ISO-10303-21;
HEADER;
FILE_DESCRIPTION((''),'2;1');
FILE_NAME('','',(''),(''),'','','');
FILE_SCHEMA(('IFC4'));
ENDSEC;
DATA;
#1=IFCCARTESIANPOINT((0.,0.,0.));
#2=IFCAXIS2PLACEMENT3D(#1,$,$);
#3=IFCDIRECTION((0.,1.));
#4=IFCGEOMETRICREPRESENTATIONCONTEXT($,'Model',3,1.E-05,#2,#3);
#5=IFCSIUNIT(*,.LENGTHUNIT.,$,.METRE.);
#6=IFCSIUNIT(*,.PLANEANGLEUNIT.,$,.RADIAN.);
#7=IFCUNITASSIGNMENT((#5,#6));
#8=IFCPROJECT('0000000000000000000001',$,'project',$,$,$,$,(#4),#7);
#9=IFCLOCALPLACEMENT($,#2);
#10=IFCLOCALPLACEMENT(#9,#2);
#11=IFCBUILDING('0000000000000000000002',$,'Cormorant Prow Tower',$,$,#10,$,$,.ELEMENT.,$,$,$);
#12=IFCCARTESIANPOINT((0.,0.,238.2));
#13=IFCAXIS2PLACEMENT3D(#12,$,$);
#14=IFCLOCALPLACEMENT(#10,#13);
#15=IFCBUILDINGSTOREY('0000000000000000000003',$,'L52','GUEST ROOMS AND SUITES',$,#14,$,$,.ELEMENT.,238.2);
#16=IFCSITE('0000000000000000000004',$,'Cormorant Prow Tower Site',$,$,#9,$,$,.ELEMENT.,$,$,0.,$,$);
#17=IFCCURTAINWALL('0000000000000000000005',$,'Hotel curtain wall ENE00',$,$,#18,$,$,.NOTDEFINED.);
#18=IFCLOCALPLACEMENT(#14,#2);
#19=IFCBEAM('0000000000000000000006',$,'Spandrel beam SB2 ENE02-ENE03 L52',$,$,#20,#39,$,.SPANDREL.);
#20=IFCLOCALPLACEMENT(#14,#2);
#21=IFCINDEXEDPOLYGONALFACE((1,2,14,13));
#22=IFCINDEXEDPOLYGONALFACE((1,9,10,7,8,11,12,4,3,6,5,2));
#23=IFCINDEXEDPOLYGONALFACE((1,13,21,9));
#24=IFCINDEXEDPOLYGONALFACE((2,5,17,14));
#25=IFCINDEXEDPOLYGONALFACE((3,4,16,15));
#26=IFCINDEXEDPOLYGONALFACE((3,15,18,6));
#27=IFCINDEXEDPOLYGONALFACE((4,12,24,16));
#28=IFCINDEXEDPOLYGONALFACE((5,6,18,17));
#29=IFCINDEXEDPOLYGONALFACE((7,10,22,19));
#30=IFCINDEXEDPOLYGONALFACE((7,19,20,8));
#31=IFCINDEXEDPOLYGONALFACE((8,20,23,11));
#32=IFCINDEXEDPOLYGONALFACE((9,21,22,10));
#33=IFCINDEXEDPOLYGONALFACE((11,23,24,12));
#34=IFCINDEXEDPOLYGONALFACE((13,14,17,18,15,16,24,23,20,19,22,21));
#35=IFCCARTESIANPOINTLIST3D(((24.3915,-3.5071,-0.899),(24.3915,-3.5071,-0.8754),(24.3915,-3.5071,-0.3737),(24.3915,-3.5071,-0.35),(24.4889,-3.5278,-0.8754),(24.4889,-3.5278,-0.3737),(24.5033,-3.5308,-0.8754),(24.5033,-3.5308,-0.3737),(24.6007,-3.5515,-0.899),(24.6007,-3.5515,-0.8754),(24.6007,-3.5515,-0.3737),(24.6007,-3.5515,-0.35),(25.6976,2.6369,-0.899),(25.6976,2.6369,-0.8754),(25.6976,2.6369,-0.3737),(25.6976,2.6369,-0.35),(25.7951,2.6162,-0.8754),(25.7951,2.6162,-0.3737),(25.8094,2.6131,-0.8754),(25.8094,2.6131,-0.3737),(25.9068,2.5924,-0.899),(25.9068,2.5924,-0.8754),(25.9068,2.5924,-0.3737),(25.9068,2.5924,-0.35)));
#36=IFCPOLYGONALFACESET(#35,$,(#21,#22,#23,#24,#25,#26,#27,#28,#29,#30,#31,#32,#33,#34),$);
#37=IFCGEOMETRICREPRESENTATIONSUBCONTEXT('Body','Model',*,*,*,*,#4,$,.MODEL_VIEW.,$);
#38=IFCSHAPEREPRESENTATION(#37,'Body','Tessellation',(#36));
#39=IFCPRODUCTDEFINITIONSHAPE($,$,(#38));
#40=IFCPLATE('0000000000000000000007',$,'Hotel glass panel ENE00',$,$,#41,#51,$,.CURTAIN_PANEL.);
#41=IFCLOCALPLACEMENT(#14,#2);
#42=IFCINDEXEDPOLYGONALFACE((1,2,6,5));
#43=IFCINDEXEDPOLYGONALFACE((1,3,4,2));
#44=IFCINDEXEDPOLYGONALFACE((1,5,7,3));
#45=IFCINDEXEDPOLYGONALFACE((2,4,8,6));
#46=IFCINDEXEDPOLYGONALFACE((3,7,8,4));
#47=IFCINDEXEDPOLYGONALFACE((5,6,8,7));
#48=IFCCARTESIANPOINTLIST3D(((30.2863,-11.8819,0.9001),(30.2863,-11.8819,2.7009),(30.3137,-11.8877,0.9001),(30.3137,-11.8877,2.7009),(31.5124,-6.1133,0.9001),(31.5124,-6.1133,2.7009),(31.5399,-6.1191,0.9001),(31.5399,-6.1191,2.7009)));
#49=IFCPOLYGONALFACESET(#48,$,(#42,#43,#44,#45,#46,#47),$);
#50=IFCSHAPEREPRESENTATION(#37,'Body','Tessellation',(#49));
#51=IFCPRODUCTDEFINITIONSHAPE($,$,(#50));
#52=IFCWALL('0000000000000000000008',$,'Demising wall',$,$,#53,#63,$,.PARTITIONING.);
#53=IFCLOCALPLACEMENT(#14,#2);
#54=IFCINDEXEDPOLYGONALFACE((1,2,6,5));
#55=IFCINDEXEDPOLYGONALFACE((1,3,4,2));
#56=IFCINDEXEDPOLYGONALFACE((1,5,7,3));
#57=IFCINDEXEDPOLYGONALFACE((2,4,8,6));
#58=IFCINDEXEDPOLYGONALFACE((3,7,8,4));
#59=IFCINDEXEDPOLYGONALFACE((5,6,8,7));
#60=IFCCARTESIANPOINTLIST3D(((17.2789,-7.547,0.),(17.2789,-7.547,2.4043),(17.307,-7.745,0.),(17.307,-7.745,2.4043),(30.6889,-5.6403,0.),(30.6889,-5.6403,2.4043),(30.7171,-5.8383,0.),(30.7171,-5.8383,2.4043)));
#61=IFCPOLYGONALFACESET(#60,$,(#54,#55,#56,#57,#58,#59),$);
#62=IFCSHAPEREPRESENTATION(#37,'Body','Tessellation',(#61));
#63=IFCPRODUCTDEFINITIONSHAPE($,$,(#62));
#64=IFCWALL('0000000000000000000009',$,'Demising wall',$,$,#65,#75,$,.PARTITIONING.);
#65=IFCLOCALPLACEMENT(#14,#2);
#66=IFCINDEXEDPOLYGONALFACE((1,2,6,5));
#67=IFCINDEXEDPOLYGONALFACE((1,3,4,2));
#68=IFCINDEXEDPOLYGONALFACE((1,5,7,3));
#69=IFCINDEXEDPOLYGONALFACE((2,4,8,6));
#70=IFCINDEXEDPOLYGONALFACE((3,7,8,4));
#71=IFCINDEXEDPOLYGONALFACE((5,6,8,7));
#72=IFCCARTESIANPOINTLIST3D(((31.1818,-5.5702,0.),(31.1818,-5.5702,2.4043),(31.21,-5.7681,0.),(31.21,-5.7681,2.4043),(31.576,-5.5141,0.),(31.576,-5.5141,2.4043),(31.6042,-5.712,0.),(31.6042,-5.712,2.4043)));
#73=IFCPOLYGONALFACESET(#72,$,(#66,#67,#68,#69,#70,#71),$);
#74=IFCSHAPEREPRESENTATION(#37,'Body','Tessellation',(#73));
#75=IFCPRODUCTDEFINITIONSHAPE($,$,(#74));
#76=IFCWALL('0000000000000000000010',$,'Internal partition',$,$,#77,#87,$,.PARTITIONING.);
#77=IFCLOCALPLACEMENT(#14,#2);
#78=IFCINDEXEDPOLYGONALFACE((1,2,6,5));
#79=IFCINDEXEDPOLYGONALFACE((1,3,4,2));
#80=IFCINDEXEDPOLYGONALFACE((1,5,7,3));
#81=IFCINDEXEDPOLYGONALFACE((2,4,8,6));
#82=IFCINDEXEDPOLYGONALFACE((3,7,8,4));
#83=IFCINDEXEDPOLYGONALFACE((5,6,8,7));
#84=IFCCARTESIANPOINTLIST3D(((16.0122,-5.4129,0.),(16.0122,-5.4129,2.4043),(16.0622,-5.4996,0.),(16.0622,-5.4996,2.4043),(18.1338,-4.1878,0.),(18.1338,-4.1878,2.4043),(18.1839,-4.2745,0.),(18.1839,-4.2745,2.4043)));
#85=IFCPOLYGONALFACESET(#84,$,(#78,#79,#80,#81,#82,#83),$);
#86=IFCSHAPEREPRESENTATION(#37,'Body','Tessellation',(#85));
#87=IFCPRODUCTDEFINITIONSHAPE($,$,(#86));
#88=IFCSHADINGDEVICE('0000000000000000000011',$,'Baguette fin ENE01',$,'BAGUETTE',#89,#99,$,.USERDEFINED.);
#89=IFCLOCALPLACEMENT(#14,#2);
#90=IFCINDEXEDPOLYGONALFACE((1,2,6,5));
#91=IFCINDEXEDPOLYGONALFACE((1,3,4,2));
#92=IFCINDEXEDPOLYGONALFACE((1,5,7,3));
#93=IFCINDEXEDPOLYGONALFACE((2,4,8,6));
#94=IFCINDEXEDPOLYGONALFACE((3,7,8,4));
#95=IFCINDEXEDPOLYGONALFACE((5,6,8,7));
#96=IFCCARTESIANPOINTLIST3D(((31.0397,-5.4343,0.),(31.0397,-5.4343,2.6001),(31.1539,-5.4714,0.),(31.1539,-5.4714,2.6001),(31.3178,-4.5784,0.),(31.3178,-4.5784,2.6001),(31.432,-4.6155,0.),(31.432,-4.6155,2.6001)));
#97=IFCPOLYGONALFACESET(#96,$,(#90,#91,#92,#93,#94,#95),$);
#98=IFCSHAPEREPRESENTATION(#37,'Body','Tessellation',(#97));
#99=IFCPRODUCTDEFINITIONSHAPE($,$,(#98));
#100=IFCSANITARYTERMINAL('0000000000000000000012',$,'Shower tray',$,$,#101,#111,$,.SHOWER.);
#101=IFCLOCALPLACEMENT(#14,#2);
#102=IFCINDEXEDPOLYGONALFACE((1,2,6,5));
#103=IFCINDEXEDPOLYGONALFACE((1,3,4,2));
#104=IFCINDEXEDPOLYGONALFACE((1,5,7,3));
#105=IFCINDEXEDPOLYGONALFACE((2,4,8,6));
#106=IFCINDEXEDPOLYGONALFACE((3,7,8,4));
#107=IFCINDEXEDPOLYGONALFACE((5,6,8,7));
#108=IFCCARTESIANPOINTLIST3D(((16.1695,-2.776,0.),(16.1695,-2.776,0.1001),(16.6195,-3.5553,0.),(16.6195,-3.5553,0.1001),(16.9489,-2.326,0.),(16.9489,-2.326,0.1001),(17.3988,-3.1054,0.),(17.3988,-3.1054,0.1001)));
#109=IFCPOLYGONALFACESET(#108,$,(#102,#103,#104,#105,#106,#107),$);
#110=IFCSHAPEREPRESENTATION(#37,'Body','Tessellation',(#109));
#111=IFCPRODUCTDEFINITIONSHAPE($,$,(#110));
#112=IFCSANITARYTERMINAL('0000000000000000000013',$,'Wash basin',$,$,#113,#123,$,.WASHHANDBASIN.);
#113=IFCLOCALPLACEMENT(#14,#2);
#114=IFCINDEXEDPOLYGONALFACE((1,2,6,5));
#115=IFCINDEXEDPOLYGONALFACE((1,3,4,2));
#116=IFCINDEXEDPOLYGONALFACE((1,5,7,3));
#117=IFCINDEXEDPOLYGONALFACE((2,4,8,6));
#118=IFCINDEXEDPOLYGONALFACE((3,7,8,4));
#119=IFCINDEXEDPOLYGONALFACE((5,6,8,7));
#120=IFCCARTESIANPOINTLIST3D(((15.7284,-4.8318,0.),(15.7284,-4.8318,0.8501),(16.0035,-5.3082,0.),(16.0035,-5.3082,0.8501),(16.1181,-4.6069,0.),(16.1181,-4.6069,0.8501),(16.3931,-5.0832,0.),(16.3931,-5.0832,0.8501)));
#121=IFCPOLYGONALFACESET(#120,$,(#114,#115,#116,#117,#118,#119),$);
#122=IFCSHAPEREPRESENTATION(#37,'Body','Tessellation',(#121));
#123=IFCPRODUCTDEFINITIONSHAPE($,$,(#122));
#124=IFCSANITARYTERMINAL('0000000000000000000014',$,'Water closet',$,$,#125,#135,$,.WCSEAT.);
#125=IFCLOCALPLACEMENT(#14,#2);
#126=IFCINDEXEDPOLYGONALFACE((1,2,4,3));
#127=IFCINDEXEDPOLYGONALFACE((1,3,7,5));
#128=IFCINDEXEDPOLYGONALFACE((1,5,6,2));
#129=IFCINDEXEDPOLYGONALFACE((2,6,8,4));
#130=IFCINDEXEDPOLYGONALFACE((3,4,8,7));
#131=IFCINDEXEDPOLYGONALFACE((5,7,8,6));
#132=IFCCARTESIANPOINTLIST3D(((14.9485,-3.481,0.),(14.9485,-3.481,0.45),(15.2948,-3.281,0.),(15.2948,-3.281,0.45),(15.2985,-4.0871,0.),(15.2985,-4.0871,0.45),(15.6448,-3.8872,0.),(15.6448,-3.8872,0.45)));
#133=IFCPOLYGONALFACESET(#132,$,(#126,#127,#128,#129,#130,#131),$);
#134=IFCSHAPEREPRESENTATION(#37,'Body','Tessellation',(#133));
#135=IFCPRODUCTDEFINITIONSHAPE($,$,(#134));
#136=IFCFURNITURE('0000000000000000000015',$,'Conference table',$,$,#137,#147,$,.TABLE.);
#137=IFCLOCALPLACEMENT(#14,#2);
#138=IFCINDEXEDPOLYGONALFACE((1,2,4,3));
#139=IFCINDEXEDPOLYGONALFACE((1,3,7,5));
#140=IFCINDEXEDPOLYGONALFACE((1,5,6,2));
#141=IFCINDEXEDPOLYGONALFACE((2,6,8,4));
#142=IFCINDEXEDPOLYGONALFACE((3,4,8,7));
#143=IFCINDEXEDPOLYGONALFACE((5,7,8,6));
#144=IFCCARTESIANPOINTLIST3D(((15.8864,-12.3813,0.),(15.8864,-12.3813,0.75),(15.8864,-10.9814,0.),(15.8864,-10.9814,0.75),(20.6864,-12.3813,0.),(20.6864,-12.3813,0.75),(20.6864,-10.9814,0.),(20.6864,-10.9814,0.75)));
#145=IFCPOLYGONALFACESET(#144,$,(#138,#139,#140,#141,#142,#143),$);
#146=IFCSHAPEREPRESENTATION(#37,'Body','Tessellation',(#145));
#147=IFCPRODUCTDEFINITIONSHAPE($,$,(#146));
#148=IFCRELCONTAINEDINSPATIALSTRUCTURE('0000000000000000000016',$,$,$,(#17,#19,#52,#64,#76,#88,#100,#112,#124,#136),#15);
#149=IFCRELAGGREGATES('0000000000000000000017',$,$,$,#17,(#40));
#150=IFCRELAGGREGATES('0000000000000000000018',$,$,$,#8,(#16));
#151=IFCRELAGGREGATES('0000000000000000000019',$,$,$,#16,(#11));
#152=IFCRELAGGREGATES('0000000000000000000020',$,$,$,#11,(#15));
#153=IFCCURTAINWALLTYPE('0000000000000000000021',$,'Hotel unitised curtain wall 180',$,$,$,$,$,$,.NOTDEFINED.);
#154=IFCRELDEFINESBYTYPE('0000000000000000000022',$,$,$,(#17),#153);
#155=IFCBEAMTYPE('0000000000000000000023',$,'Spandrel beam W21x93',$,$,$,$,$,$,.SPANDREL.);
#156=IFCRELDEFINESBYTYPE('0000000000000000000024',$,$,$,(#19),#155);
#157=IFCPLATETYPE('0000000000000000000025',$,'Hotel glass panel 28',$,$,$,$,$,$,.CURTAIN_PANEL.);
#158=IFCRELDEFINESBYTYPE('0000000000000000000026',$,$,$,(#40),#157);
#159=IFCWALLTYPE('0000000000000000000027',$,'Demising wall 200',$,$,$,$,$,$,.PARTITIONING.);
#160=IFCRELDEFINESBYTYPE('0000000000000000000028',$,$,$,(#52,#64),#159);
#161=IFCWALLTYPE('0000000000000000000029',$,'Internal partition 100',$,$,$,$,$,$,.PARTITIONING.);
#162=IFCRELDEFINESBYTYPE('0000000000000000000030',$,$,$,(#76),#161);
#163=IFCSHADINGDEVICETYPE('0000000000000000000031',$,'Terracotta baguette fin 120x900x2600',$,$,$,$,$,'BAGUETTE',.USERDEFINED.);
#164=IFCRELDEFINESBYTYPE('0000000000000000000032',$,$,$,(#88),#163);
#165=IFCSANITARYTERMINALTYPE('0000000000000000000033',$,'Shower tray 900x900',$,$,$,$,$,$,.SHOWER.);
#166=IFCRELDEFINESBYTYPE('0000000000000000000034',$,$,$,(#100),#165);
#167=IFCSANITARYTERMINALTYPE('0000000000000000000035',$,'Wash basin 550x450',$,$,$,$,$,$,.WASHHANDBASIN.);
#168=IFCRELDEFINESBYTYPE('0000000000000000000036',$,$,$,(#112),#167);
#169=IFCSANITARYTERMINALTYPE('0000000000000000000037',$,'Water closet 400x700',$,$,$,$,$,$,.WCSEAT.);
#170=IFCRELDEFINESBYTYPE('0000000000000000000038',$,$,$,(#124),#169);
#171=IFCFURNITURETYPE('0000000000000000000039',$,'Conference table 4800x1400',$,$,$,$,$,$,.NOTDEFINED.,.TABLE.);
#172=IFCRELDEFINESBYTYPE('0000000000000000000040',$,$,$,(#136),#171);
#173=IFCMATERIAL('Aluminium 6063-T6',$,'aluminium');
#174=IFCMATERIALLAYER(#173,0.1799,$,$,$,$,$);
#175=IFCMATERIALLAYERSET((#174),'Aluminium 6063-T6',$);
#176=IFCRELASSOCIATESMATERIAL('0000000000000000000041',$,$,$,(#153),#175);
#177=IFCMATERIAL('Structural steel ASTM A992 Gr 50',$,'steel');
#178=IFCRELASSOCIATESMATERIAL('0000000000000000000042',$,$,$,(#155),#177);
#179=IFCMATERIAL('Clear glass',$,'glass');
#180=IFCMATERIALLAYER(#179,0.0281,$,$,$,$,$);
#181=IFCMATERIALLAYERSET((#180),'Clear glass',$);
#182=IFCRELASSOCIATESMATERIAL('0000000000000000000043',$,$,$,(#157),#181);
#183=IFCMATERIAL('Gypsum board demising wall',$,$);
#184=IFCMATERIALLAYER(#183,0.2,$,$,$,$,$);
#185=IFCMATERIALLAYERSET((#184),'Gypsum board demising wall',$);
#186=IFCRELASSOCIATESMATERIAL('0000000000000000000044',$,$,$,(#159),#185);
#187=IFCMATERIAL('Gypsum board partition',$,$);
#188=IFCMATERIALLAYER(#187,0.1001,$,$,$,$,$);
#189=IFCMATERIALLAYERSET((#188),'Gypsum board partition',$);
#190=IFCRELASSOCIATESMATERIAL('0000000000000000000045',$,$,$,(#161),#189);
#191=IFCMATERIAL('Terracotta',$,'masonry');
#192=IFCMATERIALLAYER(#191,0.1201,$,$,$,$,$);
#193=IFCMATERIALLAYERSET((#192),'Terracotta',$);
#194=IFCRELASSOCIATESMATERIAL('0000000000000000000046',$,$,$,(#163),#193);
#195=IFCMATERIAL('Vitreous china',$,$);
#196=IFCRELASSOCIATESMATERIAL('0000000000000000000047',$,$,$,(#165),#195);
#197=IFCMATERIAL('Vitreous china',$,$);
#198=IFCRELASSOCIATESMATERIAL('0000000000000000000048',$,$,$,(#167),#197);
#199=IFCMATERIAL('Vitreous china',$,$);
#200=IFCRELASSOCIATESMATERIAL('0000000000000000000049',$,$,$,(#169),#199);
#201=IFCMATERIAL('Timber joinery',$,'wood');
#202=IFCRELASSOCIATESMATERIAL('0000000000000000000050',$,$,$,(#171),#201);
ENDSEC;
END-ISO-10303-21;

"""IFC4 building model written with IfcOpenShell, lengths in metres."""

from ifc_helpers import new_model, si_unit, direction, frame, frame_2d, origin, origin_2d, place, context, subcontext, project, spatial, rectangle, i_section, extrude, material, layer, layer_set, material_profile, profile_set, type_object, element, aggregate, save


model = new_model("IFC4")

# Units and contexts
model_context = context("Model", 3, precision=1e-05, world=origin(), true_north=direction((0.0, 1.0)))
body_context = subcontext(model_context, "Body", "Model", "MODEL_VIEW")
ifc_project = project(units=[si_unit("LENGTHUNIT", "METRE"), si_unit("PLANEANGLEUNIT", "RADIAN")], contexts=[model_context])

# Site, building, storey
site_placement = place(None, origin())
site = spatial("IfcSite", under=ifc_project, at=site_placement, Name="Cormorant Prow Tower Site", CompositionType="ELEMENT", RefElevation=0.0)
building_placement = place(site_placement, origin())
building = spatial("IfcBuilding", under=site, at=building_placement, Name="Cormorant Prow Tower", CompositionType="ELEMENT")
storey_placement = place(building_placement, frame((0.0, 0.0, 238.2)))
storey = spatial("IfcBuildingStorey", under=building, at=storey_placement, Name="L52", Description="GUEST ROOMS AND SUITES", CompositionType="ELEMENT", Elevation=238.2)

# Curtain wall
ifc_material_1 = material(Name="Aluminium 6063-T6", Category="aluminium")
ifc_layer_1 = layer(ifc_material_1, 0.1799)
ifc_layer_set_1 = layer_set([ifc_layer_1], Name="Aluminium 6063-T6")
curtain_wall_type = type_object("IfcCurtainWallType", Name="Hotel unitised curtain wall 180", PredefinedType="NOTDEFINED", material=ifc_layer_set_1)
curtain_wall_1_placement = place(storey_placement, origin())
curtain_wall_1 = element("IfcCurtainWall", 1, at=curtain_wall_1_placement, inside=storey, type_object=curtain_wall_type, Name="Hotel curtain wall ENE00", PredefinedType="NOTDEFINED")

# Beam
ifc_material_2 = material(Name="Structural steel ASTM A992 Gr 50", Category="steel")
ifc_material_profile_1 = material_profile(ifc_material_2, i_section(OverallWidth=0.2139, OverallDepth=0.5491, WebThickness=0.0146, FlangeThickness=0.0237, at=origin_2d()), Name="W21x93")
ifc_profile_set_1 = profile_set([ifc_material_profile_1], Name="Structural steel ASTM A992 Gr 50")
beam_type_1 = type_object("IfcBeamType", Name="Spandrel beam W21x93", PredefinedType="SPANDREL", material=ifc_profile_set_1)
for number, where, z_axis, x_axis, name in (
    (2, (24.4961, -3.5293, -0.6245), (0.207941, 0.978141, 0.0), (-0.978141, 0.207941, 0.0), "Spandrel beam SB2 ENE02-ENE03 L52"),
):
    element("IfcBeam", number, at=place(storey_placement, frame(where, z_axis=z_axis, x_axis=x_axis)), inside=storey, type_object=beam_type_1, Name=name, PredefinedType="SPANDREL", context=body_context, shape_type="SweptSolid", body=[
        extrude(i_section(OverallWidth=0.2139, OverallDepth=0.5491, WebThickness=0.0146, FlangeThickness=0.0237, at=origin_2d()), origin(), (0.0, 0.0, 1.0), 6.2812),
    ])

# Plate
ifc_material_3 = material(Name="Clear glass", Category="glass")
ifc_layer_2 = layer(ifc_material_3, 0.0281)
ifc_layer_set_2 = layer_set([ifc_layer_2], Name="Clear glass")
plate_type = type_object("IfcPlateType", Name="Hotel glass panel 28", PredefinedType="CURTAIN_PANEL", material=ifc_layer_set_2)
plate_placement = place(storey_placement, frame((30.9131, -9.0005, 0.9001), z_axis=(0.0, 0.0, 1.0), x_axis=(0.207912, 0.978148, 0.0)))
plate = element("IfcPlate", 3, at=plate_placement, type_object=plate_type, Name="Hotel glass panel ENE00", PredefinedType="CURTAIN_PANEL", context=body_context, shape_type="SweptSolid", body=[
    extrude(rectangle(XDim=5.8975, YDim=0.0281, at=origin_2d()), origin(), (0.0, 0.0, 1.0), 1.8008),
])
aggregate(curtain_wall_1, [plate])

# Walls
ifc_material_4 = material(Name="Gypsum board demising wall")
ifc_layer_3 = layer(ifc_material_4, 0.2)
ifc_layer_set_3 = layer_set([ifc_layer_3], Name="Gypsum board demising wall")
wall_type_1 = type_object("IfcWallType", Name="Demising wall 200", PredefinedType="PARTITIONING", material=ifc_layer_set_3)
wall_1_placement = place(storey_placement, frame((17.293, -7.646, 0.0), z_axis=(0.0, 0.0, 1.0), x_axis=(0.990042, 0.14077, 0.0)))
element("IfcWall", 4, at=wall_1_placement, inside=storey, type_object=wall_type_1, Name="Demising wall", PredefinedType="PARTITIONING", context=body_context, shape_type="SweptSolid", body=[
    extrude(rectangle(XDim=13.5449, YDim=0.2, at=frame_2d((6.7725, 0.0))), origin(), (0.0, 0.0, 1.0), 2.4043),
])
wall_2_placement = place(storey_placement, frame((31.1958, -5.6692, 0.0), z_axis=(0.0, 0.0, 1.0), x_axis=(0.990011, 0.140992, 0.0)))
element("IfcWall", 5, at=wall_2_placement, inside=storey, type_object=wall_type_1, Name="Demising wall", PredefinedType="PARTITIONING", context=body_context, shape_type="SweptSolid", body=[
    extrude(rectangle(XDim=0.3982, YDim=0.2, at=frame_2d((0.1992, 0.0))), origin(), (0.0, 0.0, 1.0), 2.4043),
])
ifc_material_5 = material(Name="Gypsum board partition")
ifc_layer_4 = layer(ifc_material_5, 0.1001)
ifc_layer_set_4 = layer_set([ifc_layer_4], Name="Gypsum board partition")
wall_type_2 = type_object("IfcWallType", Name="Internal partition 100", PredefinedType="PARTITIONING", material=ifc_layer_set_4)
wall_3_placement = place(storey_placement, frame((16.0371, -5.4563, 0.0), z_axis=(0.0, 0.0, 1.0), x_axis=(0.86599, 0.500062, 0.0)))
element("IfcWall", 6, at=wall_3_placement, inside=storey, type_object=wall_type_2, Name="Internal partition", PredefinedType="PARTITIONING", context=body_context, shape_type="SweptSolid", body=[
    extrude(rectangle(XDim=2.45, YDim=0.1001, at=frame_2d((1.2251, 0.0))), origin(), (0.0, 0.0, 1.0), 2.4043),
])

# Shading device
ifc_material_6 = material(Name="Terracotta", Category="masonry")
ifc_layer_5 = layer(ifc_material_6, 0.1201)
ifc_layer_set_5 = layer_set([ifc_layer_5], Name="Terracotta")
shading_device_type = type_object("IfcShadingDeviceType", Name="Terracotta baguette fin 120x900x2600", ElementType="BAGUETTE", PredefinedType="USERDEFINED", material=ifc_layer_set_5)
shading_device_placement = place(storey_placement, frame((31.2358, -5.0249, 0.0), z_axis=(0.0, 0.0, 1.0), x_axis=(-0.951057, 0.309017, 0.0)))
element("IfcShadingDevice", 7, at=shading_device_placement, inside=storey, type_object=shading_device_type, Name="Baguette fin ENE01", ObjectType="BAGUETTE", PredefinedType="USERDEFINED", context=body_context, shape_type="SweptSolid", body=[
    extrude(rectangle(XDim=0.1201, YDim=0.8999, at=origin_2d()), origin(), (0.0, 0.0, 1.0), 2.6001),
])

# Sanitary terminals
ifc_material_7 = material(Name="Vitreous china")
sanitary_terminal_type_1 = type_object("IfcSanitaryTerminalType", Name="Shower tray 900x900", PredefinedType="SHOWER", material=ifc_material_7)
sanitary_terminal_1_placement = place(storey_placement, frame((16.7842, -2.9407, 0.0), z_axis=(0.0, 0.0, 1.0), x_axis=(0.5, -0.866025, 0.0)))
element("IfcSanitaryTerminal", 8, at=sanitary_terminal_1_placement, inside=storey, type_object=sanitary_terminal_type_1, Name="Shower tray", PredefinedType="SHOWER", context=body_context, shape_type="SweptSolid", body=[
    extrude(rectangle(XDim=0.8999, YDim=0.8999, at=origin_2d()), origin(), (0.0, 0.0, 1.0), 0.1001),
])
ifc_material_8 = material(Name="Vitreous china")
sanitary_terminal_type_2 = type_object("IfcSanitaryTerminalType", Name="Wash basin 550x450", PredefinedType="WASHHANDBASIN", material=ifc_material_8)
sanitary_terminal_2_placement = place(storey_placement, frame((16.0608, -4.9575, 0.0), z_axis=(0.0, 0.0, 1.0), x_axis=(-0.5, 0.866025, 0.0)))
element("IfcSanitaryTerminal", 9, at=sanitary_terminal_2_placement, inside=storey, type_object=sanitary_terminal_type_2, Name="Wash basin", PredefinedType="WASHHANDBASIN", context=body_context, shape_type="SweptSolid", body=[
    extrude(rectangle(XDim=0.55, YDim=0.45, at=origin_2d()), origin(), (0.0, 0.0, 1.0), 0.8501),
])
ifc_material_9 = material(Name="Vitreous china")
sanitary_terminal_type_3 = type_object("IfcSanitaryTerminalType", Name="Water closet 400x700", PredefinedType="WCSEAT", material=ifc_material_9)
sanitary_terminal_3_placement = place(storey_placement, frame((15.2966, -3.6841, 0.0), z_axis=(0.0, 0.0, 1.0), x_axis=(0.866025, 0.5, 0.0)))
element("IfcSanitaryTerminal", 10, at=sanitary_terminal_3_placement, inside=storey, type_object=sanitary_terminal_type_3, Name="Water closet", PredefinedType="WCSEAT", context=body_context, shape_type="SweptSolid", body=[
    extrude(rectangle(XDim=0.3999, YDim=0.7, at=origin_2d()), origin(), (0.0, 0.0, 1.0), 0.45),
])

# Furniture
ifc_material_10 = material(Name="Timber joinery", Category="wood")
furniture_type = type_object("IfcFurnitureType", Name="Conference table 4800x1400", AssemblyPlace="NOTDEFINED", PredefinedType="TABLE", material=ifc_material_10)
furniture_placement = place(storey_placement, frame((18.2864, -11.6814, 0.0), z_axis=(0.0, 0.0, 1.0), x_axis=(1.0, 0.0, 0.0)))
element("IfcFurniture", 11, at=furniture_placement, inside=storey, type_object=furniture_type, Name="Conference table", PredefinedType="TABLE", context=body_context, shape_type="SweptSolid", body=[
    extrude(rectangle(XDim=4.8, YDim=1.3999, at=origin_2d()), origin(), (0.0, 0.0, 1.0), 0.75),
])

save(model, "model.ifc")
